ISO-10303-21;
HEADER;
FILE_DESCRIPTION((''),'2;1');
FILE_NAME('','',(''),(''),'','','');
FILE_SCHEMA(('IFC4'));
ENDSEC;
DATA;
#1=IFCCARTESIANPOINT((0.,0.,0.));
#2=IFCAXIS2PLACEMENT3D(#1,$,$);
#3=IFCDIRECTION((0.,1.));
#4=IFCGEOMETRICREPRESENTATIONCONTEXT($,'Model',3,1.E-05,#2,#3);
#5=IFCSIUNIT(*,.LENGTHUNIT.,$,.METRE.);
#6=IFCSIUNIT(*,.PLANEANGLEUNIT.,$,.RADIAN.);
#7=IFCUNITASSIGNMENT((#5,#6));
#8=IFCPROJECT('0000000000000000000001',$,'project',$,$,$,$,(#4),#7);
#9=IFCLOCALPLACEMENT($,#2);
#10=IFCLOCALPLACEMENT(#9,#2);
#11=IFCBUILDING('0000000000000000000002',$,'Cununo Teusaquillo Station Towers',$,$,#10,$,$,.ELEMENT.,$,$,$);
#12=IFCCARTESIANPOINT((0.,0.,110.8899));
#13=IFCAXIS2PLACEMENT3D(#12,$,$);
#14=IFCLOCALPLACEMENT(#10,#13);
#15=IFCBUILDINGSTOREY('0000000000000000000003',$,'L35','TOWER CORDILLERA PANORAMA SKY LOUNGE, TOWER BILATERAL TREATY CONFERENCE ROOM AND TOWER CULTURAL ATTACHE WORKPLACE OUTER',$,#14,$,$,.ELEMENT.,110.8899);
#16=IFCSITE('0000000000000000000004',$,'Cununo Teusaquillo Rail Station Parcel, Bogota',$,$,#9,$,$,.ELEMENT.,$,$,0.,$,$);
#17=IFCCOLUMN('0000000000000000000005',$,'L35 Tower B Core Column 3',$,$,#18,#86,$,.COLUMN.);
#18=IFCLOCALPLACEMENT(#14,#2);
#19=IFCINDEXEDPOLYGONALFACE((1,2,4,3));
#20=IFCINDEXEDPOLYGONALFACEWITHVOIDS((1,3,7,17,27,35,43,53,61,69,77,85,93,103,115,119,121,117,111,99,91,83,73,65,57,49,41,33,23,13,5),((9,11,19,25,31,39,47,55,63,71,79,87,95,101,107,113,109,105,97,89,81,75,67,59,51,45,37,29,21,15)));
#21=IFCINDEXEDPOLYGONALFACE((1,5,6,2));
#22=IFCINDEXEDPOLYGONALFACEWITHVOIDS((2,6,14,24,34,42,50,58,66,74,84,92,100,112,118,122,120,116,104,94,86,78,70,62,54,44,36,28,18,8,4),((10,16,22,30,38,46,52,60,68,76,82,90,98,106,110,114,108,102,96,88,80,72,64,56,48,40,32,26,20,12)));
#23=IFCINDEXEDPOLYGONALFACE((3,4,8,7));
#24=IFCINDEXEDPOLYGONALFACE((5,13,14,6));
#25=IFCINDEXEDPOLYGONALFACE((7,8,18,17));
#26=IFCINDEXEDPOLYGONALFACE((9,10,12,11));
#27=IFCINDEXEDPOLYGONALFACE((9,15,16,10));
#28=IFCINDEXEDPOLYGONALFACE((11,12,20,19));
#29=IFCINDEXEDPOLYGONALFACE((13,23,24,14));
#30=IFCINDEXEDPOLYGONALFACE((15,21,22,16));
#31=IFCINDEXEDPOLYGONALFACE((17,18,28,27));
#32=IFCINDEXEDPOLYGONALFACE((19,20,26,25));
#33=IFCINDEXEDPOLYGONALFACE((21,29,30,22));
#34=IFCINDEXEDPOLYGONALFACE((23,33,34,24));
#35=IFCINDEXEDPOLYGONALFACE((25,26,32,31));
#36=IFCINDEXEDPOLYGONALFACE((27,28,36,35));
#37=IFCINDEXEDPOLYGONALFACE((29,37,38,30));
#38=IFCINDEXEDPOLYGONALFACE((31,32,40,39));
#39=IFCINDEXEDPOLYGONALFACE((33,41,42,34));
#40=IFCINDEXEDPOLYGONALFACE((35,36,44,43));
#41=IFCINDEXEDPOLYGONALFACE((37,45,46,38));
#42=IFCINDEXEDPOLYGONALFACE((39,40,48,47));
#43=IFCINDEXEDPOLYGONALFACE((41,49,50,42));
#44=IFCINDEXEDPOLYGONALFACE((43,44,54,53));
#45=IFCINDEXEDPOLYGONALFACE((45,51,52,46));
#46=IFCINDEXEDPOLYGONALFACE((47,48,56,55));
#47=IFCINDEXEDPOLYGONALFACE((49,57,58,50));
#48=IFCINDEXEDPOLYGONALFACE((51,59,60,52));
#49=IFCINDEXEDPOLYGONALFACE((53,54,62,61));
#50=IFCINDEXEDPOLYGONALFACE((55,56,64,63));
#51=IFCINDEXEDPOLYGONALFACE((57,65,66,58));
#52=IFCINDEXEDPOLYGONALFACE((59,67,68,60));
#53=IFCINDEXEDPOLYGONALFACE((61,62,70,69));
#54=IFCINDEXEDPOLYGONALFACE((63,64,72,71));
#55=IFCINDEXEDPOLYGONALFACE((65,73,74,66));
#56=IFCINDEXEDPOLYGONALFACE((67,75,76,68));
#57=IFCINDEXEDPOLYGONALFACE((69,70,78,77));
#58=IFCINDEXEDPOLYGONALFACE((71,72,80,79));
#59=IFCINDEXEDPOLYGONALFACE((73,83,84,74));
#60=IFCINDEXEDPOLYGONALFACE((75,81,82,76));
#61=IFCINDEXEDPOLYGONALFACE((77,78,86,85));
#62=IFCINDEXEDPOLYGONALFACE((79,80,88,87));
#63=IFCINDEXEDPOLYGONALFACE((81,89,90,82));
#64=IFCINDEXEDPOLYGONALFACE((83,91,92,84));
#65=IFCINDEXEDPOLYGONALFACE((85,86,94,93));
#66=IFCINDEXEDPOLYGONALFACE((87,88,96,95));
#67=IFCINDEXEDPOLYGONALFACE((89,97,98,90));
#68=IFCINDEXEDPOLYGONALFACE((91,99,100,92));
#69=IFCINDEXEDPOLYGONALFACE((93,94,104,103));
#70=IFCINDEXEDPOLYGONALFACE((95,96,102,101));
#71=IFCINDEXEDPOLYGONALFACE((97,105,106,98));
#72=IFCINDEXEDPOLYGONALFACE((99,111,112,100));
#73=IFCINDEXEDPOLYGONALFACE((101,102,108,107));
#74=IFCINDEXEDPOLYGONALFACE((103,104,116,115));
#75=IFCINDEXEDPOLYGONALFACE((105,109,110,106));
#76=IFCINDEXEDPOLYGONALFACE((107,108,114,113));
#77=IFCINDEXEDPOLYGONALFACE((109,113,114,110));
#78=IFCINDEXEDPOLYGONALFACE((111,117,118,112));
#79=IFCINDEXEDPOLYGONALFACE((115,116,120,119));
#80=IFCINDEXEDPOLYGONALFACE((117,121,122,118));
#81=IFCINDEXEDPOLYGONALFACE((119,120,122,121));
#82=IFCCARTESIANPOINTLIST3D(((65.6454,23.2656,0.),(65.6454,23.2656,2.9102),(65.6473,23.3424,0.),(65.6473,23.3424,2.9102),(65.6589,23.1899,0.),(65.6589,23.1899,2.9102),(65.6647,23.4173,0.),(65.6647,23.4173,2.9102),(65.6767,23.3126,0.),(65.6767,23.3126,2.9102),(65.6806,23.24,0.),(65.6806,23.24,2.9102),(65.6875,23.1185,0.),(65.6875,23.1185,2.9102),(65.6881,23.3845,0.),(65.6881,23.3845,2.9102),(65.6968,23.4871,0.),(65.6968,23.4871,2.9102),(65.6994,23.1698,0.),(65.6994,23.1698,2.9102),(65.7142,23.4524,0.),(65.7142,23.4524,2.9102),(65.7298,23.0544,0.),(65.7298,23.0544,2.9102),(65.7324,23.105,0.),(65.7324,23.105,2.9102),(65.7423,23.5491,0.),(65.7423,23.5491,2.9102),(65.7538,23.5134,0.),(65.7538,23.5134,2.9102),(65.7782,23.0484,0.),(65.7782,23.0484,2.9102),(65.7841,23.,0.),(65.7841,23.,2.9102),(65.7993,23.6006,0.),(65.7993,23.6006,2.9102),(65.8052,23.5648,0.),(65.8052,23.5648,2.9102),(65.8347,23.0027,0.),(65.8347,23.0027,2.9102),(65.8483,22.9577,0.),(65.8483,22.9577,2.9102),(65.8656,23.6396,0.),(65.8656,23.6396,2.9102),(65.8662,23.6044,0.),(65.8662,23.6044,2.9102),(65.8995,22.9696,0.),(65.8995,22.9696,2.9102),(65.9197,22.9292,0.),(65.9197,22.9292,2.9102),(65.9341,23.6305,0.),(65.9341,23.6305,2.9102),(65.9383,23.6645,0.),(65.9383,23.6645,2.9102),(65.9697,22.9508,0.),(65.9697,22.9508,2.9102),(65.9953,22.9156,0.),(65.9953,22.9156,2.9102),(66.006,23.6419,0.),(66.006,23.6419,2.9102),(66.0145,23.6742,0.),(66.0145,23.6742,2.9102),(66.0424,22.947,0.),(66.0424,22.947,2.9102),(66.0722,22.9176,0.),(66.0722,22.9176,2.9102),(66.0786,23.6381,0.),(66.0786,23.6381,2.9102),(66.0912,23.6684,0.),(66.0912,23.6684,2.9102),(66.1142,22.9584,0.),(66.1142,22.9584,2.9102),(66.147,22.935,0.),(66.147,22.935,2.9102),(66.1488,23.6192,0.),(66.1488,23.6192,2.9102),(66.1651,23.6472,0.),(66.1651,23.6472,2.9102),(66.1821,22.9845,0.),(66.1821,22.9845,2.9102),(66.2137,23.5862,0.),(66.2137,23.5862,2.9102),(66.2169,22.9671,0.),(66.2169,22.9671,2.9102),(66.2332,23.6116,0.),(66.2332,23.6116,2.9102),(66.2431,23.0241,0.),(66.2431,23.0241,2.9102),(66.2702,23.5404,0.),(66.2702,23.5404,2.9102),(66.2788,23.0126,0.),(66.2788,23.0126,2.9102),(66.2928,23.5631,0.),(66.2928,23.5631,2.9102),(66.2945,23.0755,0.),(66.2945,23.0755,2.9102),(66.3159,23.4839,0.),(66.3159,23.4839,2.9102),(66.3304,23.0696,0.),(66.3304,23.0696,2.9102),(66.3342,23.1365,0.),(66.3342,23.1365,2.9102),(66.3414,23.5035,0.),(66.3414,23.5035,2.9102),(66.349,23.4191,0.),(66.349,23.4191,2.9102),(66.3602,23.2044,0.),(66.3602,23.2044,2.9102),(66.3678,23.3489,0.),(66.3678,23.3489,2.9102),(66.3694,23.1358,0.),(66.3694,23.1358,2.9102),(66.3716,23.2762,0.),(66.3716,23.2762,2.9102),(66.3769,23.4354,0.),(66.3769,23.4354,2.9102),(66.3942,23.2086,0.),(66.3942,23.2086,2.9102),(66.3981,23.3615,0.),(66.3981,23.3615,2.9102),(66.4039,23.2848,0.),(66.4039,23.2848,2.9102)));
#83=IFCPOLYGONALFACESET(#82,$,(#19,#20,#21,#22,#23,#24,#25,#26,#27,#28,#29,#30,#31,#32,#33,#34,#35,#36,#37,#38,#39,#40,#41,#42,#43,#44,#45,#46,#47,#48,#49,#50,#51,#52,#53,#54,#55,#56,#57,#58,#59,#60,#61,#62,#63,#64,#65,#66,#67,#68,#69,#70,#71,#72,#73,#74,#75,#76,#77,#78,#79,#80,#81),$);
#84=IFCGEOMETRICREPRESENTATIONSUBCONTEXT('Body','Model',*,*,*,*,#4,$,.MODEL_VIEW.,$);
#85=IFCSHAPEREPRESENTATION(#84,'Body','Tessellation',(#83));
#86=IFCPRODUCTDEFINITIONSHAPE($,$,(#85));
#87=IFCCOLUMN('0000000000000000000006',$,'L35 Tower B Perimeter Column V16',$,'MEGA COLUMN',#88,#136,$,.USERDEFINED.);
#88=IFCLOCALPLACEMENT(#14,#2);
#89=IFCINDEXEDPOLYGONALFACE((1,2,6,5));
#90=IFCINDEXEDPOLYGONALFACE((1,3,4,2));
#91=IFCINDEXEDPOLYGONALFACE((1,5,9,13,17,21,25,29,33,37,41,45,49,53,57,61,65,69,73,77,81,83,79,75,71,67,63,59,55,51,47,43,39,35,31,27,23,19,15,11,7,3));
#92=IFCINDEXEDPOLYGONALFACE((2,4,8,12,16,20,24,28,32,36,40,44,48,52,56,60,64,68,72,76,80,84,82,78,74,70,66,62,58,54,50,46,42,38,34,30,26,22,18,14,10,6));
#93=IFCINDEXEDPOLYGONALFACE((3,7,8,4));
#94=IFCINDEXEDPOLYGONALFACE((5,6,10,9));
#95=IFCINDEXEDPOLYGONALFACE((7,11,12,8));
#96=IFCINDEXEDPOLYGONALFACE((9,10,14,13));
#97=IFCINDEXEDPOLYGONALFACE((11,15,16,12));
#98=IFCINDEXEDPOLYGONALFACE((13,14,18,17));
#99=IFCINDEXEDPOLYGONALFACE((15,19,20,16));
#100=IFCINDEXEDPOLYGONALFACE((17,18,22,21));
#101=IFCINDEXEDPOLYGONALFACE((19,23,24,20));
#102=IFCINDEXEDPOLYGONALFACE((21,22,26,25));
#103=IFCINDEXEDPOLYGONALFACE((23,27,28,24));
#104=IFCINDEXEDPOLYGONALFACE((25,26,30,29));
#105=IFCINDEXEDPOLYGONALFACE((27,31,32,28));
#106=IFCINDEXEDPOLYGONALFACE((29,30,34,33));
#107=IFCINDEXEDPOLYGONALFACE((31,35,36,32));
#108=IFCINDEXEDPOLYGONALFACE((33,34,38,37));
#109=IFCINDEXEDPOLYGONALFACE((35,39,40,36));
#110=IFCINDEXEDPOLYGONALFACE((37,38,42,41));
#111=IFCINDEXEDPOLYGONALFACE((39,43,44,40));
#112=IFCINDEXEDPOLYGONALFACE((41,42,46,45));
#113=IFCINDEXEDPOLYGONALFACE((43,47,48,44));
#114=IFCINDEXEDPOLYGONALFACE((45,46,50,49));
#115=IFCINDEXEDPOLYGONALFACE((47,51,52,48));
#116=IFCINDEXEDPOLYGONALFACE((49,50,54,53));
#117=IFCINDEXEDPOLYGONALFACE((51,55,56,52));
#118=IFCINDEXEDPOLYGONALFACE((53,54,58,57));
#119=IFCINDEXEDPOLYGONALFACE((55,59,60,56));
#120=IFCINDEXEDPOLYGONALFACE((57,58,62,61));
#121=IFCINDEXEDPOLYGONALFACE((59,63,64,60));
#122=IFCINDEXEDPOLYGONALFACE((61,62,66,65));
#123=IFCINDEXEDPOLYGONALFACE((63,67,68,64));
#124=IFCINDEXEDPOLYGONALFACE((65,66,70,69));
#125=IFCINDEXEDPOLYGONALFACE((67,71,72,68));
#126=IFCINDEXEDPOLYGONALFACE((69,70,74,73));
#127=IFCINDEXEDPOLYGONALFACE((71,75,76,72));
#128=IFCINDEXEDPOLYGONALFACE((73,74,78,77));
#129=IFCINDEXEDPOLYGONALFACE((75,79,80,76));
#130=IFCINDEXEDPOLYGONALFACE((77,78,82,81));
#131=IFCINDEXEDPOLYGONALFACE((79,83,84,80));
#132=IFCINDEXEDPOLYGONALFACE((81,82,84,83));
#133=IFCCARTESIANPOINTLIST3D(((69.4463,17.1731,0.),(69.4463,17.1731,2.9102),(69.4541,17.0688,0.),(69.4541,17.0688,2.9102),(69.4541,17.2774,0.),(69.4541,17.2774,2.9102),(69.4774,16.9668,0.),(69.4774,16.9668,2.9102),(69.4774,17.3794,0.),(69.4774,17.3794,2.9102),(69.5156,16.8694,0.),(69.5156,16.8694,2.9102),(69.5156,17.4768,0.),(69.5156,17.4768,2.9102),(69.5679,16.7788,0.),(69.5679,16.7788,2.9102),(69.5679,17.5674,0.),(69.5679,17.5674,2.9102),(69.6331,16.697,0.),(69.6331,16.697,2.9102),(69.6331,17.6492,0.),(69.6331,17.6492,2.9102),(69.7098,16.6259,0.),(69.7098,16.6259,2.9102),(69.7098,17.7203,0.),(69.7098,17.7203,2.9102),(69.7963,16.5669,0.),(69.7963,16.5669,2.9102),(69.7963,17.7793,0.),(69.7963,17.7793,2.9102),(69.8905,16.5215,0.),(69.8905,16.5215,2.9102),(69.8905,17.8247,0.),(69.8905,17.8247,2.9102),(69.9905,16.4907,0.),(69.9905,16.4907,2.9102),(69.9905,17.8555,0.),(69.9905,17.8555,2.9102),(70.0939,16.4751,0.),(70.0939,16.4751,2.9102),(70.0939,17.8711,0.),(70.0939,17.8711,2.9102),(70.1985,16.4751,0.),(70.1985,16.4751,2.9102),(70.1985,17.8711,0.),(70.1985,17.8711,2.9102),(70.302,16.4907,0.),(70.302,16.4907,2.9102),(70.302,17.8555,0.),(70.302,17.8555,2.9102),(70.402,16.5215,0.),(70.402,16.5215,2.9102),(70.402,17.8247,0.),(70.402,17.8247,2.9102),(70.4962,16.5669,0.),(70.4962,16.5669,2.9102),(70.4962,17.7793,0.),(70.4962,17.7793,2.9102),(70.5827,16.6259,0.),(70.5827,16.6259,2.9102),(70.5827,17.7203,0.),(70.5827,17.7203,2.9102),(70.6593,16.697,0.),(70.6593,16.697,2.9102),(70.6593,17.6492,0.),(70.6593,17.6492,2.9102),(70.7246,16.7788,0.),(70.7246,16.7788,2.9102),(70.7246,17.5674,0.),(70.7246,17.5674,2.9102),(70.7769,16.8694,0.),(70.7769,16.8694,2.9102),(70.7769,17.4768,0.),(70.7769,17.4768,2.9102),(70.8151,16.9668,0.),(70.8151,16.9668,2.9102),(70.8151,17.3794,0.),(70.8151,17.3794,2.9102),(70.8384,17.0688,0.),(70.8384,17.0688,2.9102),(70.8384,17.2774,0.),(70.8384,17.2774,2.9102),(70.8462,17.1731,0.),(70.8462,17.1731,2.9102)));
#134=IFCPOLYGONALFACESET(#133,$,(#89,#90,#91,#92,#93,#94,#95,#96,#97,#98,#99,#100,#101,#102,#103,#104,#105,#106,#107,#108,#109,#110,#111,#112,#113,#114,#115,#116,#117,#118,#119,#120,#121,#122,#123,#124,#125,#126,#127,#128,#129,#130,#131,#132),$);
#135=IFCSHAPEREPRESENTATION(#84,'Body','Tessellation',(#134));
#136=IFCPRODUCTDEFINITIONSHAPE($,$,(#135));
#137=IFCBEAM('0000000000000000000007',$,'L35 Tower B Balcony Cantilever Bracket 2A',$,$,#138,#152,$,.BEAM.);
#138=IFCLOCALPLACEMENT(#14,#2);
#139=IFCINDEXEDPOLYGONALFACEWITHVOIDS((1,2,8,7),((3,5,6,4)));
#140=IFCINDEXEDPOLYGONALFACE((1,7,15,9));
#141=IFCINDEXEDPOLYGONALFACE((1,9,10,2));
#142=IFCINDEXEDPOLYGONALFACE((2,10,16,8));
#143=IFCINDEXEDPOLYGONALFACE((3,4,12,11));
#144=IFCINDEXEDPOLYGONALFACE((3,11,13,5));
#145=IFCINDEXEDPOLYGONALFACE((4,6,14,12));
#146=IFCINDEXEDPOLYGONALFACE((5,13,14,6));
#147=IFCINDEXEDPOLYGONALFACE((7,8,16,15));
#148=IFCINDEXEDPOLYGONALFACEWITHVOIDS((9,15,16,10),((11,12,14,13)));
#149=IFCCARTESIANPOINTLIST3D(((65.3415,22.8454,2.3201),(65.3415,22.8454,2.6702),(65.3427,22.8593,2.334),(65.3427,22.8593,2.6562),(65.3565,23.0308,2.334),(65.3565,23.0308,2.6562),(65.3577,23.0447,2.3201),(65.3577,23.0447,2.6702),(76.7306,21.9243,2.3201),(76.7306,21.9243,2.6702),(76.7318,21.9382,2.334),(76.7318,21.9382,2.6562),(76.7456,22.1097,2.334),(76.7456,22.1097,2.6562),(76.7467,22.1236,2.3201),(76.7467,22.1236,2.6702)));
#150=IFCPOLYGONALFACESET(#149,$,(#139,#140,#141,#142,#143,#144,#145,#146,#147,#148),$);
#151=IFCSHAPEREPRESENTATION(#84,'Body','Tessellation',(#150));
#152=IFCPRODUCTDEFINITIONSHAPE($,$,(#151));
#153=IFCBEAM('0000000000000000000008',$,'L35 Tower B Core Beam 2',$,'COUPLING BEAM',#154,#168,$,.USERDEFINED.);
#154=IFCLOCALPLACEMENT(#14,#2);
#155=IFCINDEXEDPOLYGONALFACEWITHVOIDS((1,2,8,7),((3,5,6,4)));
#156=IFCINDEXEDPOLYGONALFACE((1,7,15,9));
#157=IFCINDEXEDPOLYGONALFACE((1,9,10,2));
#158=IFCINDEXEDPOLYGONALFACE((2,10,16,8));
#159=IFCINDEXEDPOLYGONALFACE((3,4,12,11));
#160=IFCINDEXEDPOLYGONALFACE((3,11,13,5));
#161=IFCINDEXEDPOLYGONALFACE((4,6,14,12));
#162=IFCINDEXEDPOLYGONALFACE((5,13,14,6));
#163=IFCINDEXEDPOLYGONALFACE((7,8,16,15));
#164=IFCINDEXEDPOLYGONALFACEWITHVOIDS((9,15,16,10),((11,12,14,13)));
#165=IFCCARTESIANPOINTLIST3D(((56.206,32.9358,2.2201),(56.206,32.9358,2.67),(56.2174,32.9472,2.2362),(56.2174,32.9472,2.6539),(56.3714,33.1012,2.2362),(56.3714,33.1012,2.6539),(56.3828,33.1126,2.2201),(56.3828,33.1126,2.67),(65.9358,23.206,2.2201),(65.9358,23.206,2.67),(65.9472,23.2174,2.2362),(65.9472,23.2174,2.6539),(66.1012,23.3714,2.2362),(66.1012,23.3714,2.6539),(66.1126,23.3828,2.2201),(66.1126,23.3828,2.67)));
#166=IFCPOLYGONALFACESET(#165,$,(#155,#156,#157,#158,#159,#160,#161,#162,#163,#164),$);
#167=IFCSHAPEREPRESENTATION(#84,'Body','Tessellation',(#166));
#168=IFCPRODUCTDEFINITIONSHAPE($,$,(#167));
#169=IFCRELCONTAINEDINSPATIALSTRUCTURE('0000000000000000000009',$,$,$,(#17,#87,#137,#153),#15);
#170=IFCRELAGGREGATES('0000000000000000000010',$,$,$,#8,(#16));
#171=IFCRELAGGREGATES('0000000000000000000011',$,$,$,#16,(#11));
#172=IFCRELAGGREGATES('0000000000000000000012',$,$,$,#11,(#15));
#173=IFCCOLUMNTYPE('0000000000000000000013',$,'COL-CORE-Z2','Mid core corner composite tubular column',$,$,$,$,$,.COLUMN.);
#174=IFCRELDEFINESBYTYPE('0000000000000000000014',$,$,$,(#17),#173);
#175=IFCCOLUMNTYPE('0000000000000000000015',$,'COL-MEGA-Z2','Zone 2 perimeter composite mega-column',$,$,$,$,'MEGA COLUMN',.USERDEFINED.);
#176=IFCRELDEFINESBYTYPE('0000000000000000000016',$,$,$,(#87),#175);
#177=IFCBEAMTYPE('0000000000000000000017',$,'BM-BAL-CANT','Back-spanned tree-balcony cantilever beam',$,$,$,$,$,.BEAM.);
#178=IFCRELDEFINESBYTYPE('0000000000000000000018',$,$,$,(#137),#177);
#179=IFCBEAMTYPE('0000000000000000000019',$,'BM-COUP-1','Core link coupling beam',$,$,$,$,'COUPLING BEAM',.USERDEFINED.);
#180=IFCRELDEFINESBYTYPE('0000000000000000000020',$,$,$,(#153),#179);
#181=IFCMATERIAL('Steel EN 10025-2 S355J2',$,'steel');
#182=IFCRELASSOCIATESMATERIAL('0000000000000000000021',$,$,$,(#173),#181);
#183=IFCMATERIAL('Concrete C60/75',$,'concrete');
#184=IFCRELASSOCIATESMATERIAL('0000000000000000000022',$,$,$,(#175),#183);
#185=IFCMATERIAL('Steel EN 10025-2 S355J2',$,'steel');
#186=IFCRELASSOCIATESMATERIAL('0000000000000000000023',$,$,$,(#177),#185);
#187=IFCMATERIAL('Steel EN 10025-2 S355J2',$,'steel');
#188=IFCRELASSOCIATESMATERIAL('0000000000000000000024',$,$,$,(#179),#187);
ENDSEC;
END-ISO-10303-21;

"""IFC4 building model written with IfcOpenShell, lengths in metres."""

from ifc_helpers import new_model, si_unit, direction, frame, origin, origin_2d, place, context, subcontext, project, spatial, hollow_rectangle, circle, hollow_circle, extrude, material, material_profile, profile_set, type_object, element, save


model = new_model("IFC4")

# Units and contexts
model_context = context("Model", 3, precision=1e-05, world=origin(), true_north=direction((0.0, 1.0)))
body_context = subcontext(model_context, "Body", "Model", "MODEL_VIEW")
ifc_project = project(units=[si_unit("LENGTHUNIT", "METRE"), si_unit("PLANEANGLEUNIT", "RADIAN")], contexts=[model_context])

# Site, building, storey
site_placement = place(None, origin())
site = spatial("IfcSite", under=ifc_project, at=site_placement, Name="Cununo Teusaquillo Rail Station Parcel, Bogota", CompositionType="ELEMENT", RefElevation=0.0)
building_placement = place(site_placement, origin())
building = spatial("IfcBuilding", under=site, at=building_placement, Name="Cununo Teusaquillo Station Towers", CompositionType="ELEMENT")
storey_placement = place(building_placement, frame((0.0, 0.0, 110.8899)))
storey = spatial("IfcBuildingStorey", under=building, at=storey_placement, Name="L35", Description="TOWER CORDILLERA PANORAMA SKY LOUNGE, TOWER BILATERAL TREATY CONFERENCE ROOM AND TOWER CULTURAL ATTACHE WORKPLACE OUTER", CompositionType="ELEMENT", Elevation=110.8899)

# Columns
ifc_material_1 = material(Name="Steel EN 10025-2 S355J2", Category="steel")
ifc_material_profile_1 = material_profile(ifc_material_1, hollow_circle(Radius=0.3799, WallThickness=0.032, at=origin_2d()), Name="CHS 760x32")
ifc_profile_set_1 = profile_set([ifc_material_profile_1], Name="Steel EN 10025-2 S355J2")
column_type_1 = type_object("IfcColumnType", Name="COL-CORE-Z2", Description="Mid core corner composite tubular column", PredefinedType="COLUMN", material=ifc_profile_set_1)
column_1_placement = place(storey_placement, frame((66.0242, 23.2944, 0.0), z_axis=(0.0, 0.0, 1.0), x_axis=(0.707107, 0.707107, 0.0)))
element("IfcColumn", 1, at=column_1_placement, inside=storey, type_object=column_type_1, Name="L35 Tower B Core Column 3", PredefinedType="COLUMN", context=body_context, shape_type="SweptSolid", body=[
    extrude(hollow_circle(Radius=0.3799, WallThickness=0.032, at=origin_2d()), origin(), (0.0, 0.0, 1.0), 2.9102),
])
ifc_material_2 = material(Name="Concrete C60/75", Category="concrete")
ifc_material_profile_2 = material_profile(ifc_material_2, circle(Radius=0.7, at=origin_2d()), Name="RC-CIRC-1400")
ifc_profile_set_2 = profile_set([ifc_material_profile_2], Name="Concrete C60/75")
column_type_2 = type_object("IfcColumnType", Name="COL-MEGA-Z2", Description="Zone 2 perimeter composite mega-column", ElementType="MEGA COLUMN", PredefinedType="USERDEFINED", material=ifc_profile_set_2)
column_2_placement = place(storey_placement, frame((70.1462, 17.1731, 0.0), z_axis=(0.0, 0.0, 1.0), x_axis=(1.0, 0.0, 0.0)))
element("IfcColumn", 2, at=column_2_placement, inside=storey, type_object=column_type_2, Name="L35 Tower B Perimeter Column V16", ObjectType="MEGA COLUMN", PredefinedType="USERDEFINED", context=body_context, shape_type="SweptSolid", body=[
    extrude(circle(Radius=0.7, at=origin_2d()), origin(), (0.0, 0.0, 1.0), 2.9102),
])

# Beams
ifc_material_3 = material(Name="Steel EN 10025-2 S355J2", Category="steel")
ifc_material_profile_3 = material_profile(ifc_material_3, hollow_rectangle(XDim=0.2, YDim=0.3501, WallThickness=0.0139, at=origin_2d()), Name="RHS 350x200x14")
ifc_profile_set_3 = profile_set([ifc_material_profile_3], Name="Steel EN 10025-2 S355J2")
beam_type_1 = type_object("IfcBeamType", Name="BM-BAL-CANT", Description="Back-spanned tree-balcony cantilever beam", PredefinedType="BEAM", material=ifc_profile_set_3)
beam_1_placement = place(storey_placement, frame((65.3496, 22.9451, 2.4951), z_axis=(0.996745, -0.080616, 0.0), x_axis=(0.080616, 0.996745, 0.0)))
element("IfcBeam", 3, at=beam_1_placement, inside=storey, type_object=beam_type_1, Name="L35 Tower B Balcony Cantilever Bracket 2A", PredefinedType="BEAM", context=body_context, shape_type="SweptSolid", body=[
    extrude(hollow_rectangle(XDim=0.2, YDim=0.3501, WallThickness=0.0139, at=origin_2d()), origin(), (0.0, 0.0, 1.0), 11.4263),
])
ifc_material_4 = material(Name="Steel EN 10025-2 S355J2", Category="steel")
ifc_material_profile_4 = material_profile(ifc_material_4, hollow_rectangle(XDim=0.25, YDim=0.45, WallThickness=0.0161, at=origin_2d()), Name="RHS 450x250x16")
ifc_profile_set_4 = profile_set([ifc_material_profile_4], Name="Steel EN 10025-2 S355J2")
beam_type_2 = type_object("IfcBeamType", Name="BM-COUP-1", Description="Core link coupling beam", ElementType="COUPLING BEAM", PredefinedType="USERDEFINED", material=ifc_profile_set_4)
beam_2_placement = place(storey_placement, frame((66.0242, 23.2944, 2.4451), z_axis=(-0.707107, 0.707107, 0.0), x_axis=(-0.707107, -0.707107, 0.0)))
element("IfcBeam", 4, at=beam_2_placement, inside=storey, type_object=beam_type_2, Name="L35 Tower B Core Beam 2", ObjectType="COUPLING BEAM", PredefinedType="USERDEFINED", context=body_context, shape_type="SweptSolid", body=[
    extrude(hollow_rectangle(XDim=0.25, YDim=0.45, WallThickness=0.0161, at=origin_2d()), origin(), (0.0, 0.0, 1.0), 13.76),
])

save(model, "model.ifc")
